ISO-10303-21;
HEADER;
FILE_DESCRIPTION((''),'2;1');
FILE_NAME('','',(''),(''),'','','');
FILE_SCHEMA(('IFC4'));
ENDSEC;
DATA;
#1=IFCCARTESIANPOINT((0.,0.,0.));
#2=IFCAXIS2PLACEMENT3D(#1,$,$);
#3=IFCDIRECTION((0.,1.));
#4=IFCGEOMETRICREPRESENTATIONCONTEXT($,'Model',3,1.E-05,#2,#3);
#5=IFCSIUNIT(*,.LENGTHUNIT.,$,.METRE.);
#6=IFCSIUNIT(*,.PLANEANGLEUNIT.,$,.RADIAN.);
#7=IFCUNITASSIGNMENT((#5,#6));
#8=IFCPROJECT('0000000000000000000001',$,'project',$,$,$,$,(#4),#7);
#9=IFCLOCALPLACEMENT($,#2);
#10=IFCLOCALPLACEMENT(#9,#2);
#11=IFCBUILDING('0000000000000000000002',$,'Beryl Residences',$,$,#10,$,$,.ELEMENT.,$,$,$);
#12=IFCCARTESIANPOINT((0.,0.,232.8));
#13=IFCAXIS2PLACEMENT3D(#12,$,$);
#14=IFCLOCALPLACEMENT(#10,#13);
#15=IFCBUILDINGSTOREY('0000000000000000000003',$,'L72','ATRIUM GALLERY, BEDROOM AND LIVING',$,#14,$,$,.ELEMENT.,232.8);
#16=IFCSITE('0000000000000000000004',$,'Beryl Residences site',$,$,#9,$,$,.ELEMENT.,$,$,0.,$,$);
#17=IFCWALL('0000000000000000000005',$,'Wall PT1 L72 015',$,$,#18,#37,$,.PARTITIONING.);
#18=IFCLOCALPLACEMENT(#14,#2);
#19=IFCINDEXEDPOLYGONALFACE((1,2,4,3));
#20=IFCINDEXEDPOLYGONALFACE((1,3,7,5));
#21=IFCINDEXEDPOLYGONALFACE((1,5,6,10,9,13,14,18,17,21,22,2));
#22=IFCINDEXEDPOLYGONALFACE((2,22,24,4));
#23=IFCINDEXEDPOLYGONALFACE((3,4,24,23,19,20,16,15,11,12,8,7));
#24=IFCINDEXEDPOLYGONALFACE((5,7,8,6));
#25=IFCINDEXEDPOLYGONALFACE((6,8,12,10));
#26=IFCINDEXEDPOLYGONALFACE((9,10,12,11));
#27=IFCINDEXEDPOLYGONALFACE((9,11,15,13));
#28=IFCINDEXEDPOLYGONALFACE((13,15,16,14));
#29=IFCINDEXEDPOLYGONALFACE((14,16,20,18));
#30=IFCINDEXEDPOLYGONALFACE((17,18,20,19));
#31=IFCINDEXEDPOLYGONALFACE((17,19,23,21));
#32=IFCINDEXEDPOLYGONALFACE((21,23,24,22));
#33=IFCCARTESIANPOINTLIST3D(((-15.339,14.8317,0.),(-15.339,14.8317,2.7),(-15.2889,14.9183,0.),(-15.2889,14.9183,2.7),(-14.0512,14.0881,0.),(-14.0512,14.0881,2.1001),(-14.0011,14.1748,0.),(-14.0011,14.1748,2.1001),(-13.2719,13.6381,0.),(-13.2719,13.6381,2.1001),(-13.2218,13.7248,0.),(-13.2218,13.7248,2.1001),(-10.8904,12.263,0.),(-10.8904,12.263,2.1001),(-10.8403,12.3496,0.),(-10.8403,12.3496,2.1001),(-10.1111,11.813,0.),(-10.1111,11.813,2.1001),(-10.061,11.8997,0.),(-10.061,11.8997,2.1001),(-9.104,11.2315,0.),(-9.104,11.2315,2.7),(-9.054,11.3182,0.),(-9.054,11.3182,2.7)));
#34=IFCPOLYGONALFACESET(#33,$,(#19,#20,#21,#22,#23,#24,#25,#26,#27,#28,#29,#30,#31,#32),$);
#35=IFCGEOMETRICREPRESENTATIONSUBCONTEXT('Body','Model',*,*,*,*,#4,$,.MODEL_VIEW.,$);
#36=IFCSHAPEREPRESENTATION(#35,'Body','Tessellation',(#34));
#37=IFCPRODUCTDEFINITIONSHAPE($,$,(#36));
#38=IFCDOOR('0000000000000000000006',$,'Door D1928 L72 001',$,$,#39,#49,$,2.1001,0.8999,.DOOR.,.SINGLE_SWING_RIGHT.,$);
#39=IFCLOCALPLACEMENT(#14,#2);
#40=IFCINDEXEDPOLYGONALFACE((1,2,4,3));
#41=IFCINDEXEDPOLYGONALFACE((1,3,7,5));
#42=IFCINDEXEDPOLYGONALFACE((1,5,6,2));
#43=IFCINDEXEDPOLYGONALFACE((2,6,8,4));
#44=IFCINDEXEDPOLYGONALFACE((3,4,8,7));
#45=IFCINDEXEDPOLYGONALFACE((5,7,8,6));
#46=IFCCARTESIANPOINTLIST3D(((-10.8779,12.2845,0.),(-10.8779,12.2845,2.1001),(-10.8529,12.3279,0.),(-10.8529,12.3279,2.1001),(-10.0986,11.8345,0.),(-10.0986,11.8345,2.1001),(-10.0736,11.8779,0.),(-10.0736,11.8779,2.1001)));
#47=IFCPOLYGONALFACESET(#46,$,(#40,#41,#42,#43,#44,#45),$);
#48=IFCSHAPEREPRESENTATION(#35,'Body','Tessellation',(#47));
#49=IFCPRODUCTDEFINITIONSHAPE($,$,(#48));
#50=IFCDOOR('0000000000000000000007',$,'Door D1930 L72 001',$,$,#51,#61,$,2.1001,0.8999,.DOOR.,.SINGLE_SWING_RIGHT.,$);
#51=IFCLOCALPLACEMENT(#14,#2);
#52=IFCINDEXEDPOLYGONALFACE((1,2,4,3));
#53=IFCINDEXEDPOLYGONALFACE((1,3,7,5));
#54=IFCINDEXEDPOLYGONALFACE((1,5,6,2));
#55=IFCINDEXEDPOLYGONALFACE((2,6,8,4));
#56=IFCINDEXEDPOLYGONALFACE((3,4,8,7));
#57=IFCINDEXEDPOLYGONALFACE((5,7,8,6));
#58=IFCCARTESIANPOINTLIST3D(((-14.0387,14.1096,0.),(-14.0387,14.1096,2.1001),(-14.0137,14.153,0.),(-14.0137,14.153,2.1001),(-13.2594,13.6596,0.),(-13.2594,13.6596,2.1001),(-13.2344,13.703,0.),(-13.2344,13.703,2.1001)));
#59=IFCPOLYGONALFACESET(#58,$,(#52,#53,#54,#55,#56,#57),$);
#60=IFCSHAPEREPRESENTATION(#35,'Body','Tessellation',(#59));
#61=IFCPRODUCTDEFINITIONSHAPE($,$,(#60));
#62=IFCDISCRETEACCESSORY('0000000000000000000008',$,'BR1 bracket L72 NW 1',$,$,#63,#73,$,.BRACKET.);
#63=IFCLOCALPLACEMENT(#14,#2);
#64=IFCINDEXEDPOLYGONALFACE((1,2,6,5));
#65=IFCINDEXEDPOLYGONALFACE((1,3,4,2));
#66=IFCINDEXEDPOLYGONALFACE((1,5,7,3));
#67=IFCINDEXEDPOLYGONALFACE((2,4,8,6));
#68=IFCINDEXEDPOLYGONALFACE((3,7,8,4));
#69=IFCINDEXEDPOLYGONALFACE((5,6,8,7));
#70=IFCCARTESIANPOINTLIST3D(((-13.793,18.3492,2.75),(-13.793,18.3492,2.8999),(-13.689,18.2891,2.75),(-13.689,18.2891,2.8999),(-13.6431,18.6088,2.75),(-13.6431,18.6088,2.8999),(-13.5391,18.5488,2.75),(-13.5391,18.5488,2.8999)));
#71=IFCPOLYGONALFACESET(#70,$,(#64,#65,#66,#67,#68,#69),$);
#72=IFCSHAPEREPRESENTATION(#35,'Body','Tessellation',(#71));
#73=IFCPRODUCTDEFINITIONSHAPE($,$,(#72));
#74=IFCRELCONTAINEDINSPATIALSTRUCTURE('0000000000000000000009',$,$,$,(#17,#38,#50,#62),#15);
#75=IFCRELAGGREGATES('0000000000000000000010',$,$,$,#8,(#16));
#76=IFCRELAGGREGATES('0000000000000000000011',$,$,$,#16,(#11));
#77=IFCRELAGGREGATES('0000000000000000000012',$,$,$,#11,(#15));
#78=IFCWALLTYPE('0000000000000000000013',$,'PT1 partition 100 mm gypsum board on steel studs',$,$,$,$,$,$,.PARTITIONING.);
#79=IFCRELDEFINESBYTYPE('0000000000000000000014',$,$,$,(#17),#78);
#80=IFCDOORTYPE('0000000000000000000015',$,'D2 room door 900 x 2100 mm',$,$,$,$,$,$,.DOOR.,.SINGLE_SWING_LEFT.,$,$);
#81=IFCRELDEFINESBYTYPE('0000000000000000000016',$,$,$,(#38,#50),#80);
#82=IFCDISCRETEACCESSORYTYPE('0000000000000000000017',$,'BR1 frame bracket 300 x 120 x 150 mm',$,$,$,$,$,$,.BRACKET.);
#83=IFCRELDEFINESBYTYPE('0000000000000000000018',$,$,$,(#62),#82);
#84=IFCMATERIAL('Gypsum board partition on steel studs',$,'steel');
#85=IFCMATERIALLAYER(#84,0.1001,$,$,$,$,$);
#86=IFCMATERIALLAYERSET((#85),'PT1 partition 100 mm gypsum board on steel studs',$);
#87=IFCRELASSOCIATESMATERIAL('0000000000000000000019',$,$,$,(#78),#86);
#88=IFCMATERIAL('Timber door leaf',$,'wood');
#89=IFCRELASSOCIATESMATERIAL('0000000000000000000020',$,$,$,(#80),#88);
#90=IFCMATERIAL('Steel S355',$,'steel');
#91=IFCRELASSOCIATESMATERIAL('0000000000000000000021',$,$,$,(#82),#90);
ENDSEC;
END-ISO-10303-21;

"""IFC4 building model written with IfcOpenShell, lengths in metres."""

from ifc_helpers import new_model, si_unit, direction, frame, frame_2d, origin, place, context, subcontext, project, spatial, polyline, rectangle, outline, extrude, source, transform, mapped, material, layer, layer_set, type_object, type_shapes, element, fill, save


model = new_model("IFC4")

# Units and contexts
model_context = context("Model", 3, precision=1e-05, world=origin(), true_north=direction((0.0, 1.0)))
body_context = subcontext(model_context, "Body", "Model", "MODEL_VIEW")
ifc_project = project(units=[si_unit("LENGTHUNIT", "METRE"), si_unit("PLANEANGLEUNIT", "RADIAN")], contexts=[model_context])

# Site, building, storey
site_placement = place(None, origin())
site = spatial("IfcSite", under=ifc_project, at=site_placement, Name="Beryl Residences site", CompositionType="ELEMENT", RefElevation=0.0)
building_placement = place(site_placement, origin())
building = spatial("IfcBuilding", under=site, at=building_placement, Name="Beryl Residences", CompositionType="ELEMENT")
storey_placement = place(building_placement, frame((0.0, 0.0, 232.8)))
storey = spatial("IfcBuildingStorey", under=building, at=storey_placement, Name="L72", Description="ATRIUM GALLERY, BEDROOM AND LIVING", CompositionType="ELEMENT", Elevation=232.8)

# Wall, openings, doors
ifc_material_1 = material(Name="Gypsum board partition on steel studs", Category="steel")
ifc_layer_1 = layer(ifc_material_1, 0.1001)
ifc_layer_set_1 = layer_set([ifc_layer_1], Name="PT1 partition 100 mm gypsum board on steel studs")
wall_type_1 = type_object("IfcWallType", Name="PT1 partition 100 mm gypsum board on steel studs", PredefinedType="PARTITIONING", material=ifc_layer_set_1)
wall_1_placement = place(storey_placement, frame((-15.314, 14.875, 0.0), z_axis=(0.0, 0.0, 1.0), x_axis=(0.866001, -0.500041, 0.0)))
wall_1 = element("IfcWall", 1, at=wall_1_placement, inside=storey, type_object=wall_type_1, Name="Wall PT1 L72 015", PredefinedType="PARTITIONING", context=body_context, shape_type="SweptSolid", body=[
    extrude(rectangle(XDim=7.1997, YDim=0.1001, at=frame_2d((3.5999, 0.0))), origin(), (0.0, 0.0, 1.0), 2.7),
])
opening_1_placement = place(wall_1_placement, frame((5.137, 0.0, 0.0)))
opening_1 = element("IfcOpeningElement", 2, at=opening_1_placement, cuts=wall_1, PredefinedType="OPENING", context=body_context, shape_type="SweptSolid", body=[
    extrude(rectangle(XDim=0.8999, YDim=2.1001, at=frame_2d((0.45, 1.05))), frame((0.0, 0.0601, 0.0), z_axis=(0.0, -1.0, 0.0), x_axis=(1.0, 0.0, 0.0)), (0.0, 0.0, 1.0), 0.1201),
])
opening_2_placement = place(wall_1_placement, frame((1.4871, 0.0, 0.0)))
opening_2 = element("IfcOpeningElement", 3, at=opening_2_placement, cuts=wall_1, PredefinedType="OPENING", context=body_context, shape_type="SweptSolid", body=[
    extrude(rectangle(XDim=0.8999, YDim=2.1001, at=frame_2d((0.45, 1.05))), frame((0.0, 0.0601, 0.0), z_axis=(0.0, -1.0, 0.0), x_axis=(1.0, 0.0, 0.0)), (0.0, 0.0, 1.0), 0.1201),
])
ifc_material_2 = material(Name="Timber door leaf", Category="wood")
door_type = type_object("IfcDoorType", Name="D2 room door 900 x 2100 mm", OperationType="SINGLE_SWING_LEFT", PredefinedType="DOOR", material=ifc_material_2)
door_1_placement = place(opening_1_placement, origin())
door_1 = element("IfcDoor", 4, at=door_1_placement, inside=storey, type_object=door_type, Name="Door D1928 L72 001", OperationType="SINGLE_SWING_RIGHT", OverallHeight=2.1001, OverallWidth=0.8999, PredefinedType="DOOR", context=body_context, shape_type="SweptSolid", body=[
    extrude(rectangle(XDim=0.8999, YDim=2.1001, at=frame_2d((0.45, 1.05))), frame((0.0, 0.0249, 0.0), z_axis=(0.0, -1.0, 0.0), x_axis=(1.0, 0.0, 0.0)), (0.0, 0.0, 1.0), 0.05),
])
fill(opening_1, door_1)
door_2_placement = place(opening_2_placement, origin())
door_2 = element("IfcDoor", 5, at=door_2_placement, inside=storey, type_object=door_type, Name="Door D1930 L72 001", OperationType="SINGLE_SWING_RIGHT", OverallHeight=2.1001, OverallWidth=0.8999, PredefinedType="DOOR", context=body_context, shape_type="SweptSolid", body=[
    extrude(rectangle(XDim=0.8999, YDim=2.1001, at=frame_2d((0.45, 1.05))), frame((0.0, 0.0249, 0.0), z_axis=(0.0, -1.0, 0.0), x_axis=(1.0, 0.0, 0.0)), (0.0, 0.0, 1.0), 0.05),
])
fill(opening_2, door_2)

# Discrete accessory
ifc_material_3 = material(Name="Steel S355", Category="steel")
discrete_accessory_type = type_object("IfcDiscreteAccessoryType", Name="BR1 frame bracket 300 x 120 x 150 mm", PredefinedType="BRACKET", material=ifc_material_3)
shared_shape_1 = source(origin(), body_context, "Body", "SweptSolid", [
    extrude(outline(polyline([(-0.1499, 0.0), (0.1499, 0.0), (0.1499, 0.1201), (-0.1499, 0.1201), (-0.1499, 0.0)])), origin(), (0.0, 0.0, 1.0), 0.1499),
])
type_shapes(discrete_accessory_type, [shared_shape_1])
discrete_accessory_placement = place(storey_placement, frame((-13.614, 18.4189, 2.75), z_axis=(0.0, 0.0, 1.0), x_axis=(0.5, 0.866025, 0.0)))
element("IfcDiscreteAccessory", 6, at=discrete_accessory_placement, inside=storey, type_object=discrete_accessory_type, Name="BR1 bracket L72 NW 1", PredefinedType="BRACKET", context=body_context, shape_type="MappedRepresentation", body=[
    mapped(shared_shape_1, transform((0.0, 0.0, 0.0))),
])

save(model, "model.ifc")
